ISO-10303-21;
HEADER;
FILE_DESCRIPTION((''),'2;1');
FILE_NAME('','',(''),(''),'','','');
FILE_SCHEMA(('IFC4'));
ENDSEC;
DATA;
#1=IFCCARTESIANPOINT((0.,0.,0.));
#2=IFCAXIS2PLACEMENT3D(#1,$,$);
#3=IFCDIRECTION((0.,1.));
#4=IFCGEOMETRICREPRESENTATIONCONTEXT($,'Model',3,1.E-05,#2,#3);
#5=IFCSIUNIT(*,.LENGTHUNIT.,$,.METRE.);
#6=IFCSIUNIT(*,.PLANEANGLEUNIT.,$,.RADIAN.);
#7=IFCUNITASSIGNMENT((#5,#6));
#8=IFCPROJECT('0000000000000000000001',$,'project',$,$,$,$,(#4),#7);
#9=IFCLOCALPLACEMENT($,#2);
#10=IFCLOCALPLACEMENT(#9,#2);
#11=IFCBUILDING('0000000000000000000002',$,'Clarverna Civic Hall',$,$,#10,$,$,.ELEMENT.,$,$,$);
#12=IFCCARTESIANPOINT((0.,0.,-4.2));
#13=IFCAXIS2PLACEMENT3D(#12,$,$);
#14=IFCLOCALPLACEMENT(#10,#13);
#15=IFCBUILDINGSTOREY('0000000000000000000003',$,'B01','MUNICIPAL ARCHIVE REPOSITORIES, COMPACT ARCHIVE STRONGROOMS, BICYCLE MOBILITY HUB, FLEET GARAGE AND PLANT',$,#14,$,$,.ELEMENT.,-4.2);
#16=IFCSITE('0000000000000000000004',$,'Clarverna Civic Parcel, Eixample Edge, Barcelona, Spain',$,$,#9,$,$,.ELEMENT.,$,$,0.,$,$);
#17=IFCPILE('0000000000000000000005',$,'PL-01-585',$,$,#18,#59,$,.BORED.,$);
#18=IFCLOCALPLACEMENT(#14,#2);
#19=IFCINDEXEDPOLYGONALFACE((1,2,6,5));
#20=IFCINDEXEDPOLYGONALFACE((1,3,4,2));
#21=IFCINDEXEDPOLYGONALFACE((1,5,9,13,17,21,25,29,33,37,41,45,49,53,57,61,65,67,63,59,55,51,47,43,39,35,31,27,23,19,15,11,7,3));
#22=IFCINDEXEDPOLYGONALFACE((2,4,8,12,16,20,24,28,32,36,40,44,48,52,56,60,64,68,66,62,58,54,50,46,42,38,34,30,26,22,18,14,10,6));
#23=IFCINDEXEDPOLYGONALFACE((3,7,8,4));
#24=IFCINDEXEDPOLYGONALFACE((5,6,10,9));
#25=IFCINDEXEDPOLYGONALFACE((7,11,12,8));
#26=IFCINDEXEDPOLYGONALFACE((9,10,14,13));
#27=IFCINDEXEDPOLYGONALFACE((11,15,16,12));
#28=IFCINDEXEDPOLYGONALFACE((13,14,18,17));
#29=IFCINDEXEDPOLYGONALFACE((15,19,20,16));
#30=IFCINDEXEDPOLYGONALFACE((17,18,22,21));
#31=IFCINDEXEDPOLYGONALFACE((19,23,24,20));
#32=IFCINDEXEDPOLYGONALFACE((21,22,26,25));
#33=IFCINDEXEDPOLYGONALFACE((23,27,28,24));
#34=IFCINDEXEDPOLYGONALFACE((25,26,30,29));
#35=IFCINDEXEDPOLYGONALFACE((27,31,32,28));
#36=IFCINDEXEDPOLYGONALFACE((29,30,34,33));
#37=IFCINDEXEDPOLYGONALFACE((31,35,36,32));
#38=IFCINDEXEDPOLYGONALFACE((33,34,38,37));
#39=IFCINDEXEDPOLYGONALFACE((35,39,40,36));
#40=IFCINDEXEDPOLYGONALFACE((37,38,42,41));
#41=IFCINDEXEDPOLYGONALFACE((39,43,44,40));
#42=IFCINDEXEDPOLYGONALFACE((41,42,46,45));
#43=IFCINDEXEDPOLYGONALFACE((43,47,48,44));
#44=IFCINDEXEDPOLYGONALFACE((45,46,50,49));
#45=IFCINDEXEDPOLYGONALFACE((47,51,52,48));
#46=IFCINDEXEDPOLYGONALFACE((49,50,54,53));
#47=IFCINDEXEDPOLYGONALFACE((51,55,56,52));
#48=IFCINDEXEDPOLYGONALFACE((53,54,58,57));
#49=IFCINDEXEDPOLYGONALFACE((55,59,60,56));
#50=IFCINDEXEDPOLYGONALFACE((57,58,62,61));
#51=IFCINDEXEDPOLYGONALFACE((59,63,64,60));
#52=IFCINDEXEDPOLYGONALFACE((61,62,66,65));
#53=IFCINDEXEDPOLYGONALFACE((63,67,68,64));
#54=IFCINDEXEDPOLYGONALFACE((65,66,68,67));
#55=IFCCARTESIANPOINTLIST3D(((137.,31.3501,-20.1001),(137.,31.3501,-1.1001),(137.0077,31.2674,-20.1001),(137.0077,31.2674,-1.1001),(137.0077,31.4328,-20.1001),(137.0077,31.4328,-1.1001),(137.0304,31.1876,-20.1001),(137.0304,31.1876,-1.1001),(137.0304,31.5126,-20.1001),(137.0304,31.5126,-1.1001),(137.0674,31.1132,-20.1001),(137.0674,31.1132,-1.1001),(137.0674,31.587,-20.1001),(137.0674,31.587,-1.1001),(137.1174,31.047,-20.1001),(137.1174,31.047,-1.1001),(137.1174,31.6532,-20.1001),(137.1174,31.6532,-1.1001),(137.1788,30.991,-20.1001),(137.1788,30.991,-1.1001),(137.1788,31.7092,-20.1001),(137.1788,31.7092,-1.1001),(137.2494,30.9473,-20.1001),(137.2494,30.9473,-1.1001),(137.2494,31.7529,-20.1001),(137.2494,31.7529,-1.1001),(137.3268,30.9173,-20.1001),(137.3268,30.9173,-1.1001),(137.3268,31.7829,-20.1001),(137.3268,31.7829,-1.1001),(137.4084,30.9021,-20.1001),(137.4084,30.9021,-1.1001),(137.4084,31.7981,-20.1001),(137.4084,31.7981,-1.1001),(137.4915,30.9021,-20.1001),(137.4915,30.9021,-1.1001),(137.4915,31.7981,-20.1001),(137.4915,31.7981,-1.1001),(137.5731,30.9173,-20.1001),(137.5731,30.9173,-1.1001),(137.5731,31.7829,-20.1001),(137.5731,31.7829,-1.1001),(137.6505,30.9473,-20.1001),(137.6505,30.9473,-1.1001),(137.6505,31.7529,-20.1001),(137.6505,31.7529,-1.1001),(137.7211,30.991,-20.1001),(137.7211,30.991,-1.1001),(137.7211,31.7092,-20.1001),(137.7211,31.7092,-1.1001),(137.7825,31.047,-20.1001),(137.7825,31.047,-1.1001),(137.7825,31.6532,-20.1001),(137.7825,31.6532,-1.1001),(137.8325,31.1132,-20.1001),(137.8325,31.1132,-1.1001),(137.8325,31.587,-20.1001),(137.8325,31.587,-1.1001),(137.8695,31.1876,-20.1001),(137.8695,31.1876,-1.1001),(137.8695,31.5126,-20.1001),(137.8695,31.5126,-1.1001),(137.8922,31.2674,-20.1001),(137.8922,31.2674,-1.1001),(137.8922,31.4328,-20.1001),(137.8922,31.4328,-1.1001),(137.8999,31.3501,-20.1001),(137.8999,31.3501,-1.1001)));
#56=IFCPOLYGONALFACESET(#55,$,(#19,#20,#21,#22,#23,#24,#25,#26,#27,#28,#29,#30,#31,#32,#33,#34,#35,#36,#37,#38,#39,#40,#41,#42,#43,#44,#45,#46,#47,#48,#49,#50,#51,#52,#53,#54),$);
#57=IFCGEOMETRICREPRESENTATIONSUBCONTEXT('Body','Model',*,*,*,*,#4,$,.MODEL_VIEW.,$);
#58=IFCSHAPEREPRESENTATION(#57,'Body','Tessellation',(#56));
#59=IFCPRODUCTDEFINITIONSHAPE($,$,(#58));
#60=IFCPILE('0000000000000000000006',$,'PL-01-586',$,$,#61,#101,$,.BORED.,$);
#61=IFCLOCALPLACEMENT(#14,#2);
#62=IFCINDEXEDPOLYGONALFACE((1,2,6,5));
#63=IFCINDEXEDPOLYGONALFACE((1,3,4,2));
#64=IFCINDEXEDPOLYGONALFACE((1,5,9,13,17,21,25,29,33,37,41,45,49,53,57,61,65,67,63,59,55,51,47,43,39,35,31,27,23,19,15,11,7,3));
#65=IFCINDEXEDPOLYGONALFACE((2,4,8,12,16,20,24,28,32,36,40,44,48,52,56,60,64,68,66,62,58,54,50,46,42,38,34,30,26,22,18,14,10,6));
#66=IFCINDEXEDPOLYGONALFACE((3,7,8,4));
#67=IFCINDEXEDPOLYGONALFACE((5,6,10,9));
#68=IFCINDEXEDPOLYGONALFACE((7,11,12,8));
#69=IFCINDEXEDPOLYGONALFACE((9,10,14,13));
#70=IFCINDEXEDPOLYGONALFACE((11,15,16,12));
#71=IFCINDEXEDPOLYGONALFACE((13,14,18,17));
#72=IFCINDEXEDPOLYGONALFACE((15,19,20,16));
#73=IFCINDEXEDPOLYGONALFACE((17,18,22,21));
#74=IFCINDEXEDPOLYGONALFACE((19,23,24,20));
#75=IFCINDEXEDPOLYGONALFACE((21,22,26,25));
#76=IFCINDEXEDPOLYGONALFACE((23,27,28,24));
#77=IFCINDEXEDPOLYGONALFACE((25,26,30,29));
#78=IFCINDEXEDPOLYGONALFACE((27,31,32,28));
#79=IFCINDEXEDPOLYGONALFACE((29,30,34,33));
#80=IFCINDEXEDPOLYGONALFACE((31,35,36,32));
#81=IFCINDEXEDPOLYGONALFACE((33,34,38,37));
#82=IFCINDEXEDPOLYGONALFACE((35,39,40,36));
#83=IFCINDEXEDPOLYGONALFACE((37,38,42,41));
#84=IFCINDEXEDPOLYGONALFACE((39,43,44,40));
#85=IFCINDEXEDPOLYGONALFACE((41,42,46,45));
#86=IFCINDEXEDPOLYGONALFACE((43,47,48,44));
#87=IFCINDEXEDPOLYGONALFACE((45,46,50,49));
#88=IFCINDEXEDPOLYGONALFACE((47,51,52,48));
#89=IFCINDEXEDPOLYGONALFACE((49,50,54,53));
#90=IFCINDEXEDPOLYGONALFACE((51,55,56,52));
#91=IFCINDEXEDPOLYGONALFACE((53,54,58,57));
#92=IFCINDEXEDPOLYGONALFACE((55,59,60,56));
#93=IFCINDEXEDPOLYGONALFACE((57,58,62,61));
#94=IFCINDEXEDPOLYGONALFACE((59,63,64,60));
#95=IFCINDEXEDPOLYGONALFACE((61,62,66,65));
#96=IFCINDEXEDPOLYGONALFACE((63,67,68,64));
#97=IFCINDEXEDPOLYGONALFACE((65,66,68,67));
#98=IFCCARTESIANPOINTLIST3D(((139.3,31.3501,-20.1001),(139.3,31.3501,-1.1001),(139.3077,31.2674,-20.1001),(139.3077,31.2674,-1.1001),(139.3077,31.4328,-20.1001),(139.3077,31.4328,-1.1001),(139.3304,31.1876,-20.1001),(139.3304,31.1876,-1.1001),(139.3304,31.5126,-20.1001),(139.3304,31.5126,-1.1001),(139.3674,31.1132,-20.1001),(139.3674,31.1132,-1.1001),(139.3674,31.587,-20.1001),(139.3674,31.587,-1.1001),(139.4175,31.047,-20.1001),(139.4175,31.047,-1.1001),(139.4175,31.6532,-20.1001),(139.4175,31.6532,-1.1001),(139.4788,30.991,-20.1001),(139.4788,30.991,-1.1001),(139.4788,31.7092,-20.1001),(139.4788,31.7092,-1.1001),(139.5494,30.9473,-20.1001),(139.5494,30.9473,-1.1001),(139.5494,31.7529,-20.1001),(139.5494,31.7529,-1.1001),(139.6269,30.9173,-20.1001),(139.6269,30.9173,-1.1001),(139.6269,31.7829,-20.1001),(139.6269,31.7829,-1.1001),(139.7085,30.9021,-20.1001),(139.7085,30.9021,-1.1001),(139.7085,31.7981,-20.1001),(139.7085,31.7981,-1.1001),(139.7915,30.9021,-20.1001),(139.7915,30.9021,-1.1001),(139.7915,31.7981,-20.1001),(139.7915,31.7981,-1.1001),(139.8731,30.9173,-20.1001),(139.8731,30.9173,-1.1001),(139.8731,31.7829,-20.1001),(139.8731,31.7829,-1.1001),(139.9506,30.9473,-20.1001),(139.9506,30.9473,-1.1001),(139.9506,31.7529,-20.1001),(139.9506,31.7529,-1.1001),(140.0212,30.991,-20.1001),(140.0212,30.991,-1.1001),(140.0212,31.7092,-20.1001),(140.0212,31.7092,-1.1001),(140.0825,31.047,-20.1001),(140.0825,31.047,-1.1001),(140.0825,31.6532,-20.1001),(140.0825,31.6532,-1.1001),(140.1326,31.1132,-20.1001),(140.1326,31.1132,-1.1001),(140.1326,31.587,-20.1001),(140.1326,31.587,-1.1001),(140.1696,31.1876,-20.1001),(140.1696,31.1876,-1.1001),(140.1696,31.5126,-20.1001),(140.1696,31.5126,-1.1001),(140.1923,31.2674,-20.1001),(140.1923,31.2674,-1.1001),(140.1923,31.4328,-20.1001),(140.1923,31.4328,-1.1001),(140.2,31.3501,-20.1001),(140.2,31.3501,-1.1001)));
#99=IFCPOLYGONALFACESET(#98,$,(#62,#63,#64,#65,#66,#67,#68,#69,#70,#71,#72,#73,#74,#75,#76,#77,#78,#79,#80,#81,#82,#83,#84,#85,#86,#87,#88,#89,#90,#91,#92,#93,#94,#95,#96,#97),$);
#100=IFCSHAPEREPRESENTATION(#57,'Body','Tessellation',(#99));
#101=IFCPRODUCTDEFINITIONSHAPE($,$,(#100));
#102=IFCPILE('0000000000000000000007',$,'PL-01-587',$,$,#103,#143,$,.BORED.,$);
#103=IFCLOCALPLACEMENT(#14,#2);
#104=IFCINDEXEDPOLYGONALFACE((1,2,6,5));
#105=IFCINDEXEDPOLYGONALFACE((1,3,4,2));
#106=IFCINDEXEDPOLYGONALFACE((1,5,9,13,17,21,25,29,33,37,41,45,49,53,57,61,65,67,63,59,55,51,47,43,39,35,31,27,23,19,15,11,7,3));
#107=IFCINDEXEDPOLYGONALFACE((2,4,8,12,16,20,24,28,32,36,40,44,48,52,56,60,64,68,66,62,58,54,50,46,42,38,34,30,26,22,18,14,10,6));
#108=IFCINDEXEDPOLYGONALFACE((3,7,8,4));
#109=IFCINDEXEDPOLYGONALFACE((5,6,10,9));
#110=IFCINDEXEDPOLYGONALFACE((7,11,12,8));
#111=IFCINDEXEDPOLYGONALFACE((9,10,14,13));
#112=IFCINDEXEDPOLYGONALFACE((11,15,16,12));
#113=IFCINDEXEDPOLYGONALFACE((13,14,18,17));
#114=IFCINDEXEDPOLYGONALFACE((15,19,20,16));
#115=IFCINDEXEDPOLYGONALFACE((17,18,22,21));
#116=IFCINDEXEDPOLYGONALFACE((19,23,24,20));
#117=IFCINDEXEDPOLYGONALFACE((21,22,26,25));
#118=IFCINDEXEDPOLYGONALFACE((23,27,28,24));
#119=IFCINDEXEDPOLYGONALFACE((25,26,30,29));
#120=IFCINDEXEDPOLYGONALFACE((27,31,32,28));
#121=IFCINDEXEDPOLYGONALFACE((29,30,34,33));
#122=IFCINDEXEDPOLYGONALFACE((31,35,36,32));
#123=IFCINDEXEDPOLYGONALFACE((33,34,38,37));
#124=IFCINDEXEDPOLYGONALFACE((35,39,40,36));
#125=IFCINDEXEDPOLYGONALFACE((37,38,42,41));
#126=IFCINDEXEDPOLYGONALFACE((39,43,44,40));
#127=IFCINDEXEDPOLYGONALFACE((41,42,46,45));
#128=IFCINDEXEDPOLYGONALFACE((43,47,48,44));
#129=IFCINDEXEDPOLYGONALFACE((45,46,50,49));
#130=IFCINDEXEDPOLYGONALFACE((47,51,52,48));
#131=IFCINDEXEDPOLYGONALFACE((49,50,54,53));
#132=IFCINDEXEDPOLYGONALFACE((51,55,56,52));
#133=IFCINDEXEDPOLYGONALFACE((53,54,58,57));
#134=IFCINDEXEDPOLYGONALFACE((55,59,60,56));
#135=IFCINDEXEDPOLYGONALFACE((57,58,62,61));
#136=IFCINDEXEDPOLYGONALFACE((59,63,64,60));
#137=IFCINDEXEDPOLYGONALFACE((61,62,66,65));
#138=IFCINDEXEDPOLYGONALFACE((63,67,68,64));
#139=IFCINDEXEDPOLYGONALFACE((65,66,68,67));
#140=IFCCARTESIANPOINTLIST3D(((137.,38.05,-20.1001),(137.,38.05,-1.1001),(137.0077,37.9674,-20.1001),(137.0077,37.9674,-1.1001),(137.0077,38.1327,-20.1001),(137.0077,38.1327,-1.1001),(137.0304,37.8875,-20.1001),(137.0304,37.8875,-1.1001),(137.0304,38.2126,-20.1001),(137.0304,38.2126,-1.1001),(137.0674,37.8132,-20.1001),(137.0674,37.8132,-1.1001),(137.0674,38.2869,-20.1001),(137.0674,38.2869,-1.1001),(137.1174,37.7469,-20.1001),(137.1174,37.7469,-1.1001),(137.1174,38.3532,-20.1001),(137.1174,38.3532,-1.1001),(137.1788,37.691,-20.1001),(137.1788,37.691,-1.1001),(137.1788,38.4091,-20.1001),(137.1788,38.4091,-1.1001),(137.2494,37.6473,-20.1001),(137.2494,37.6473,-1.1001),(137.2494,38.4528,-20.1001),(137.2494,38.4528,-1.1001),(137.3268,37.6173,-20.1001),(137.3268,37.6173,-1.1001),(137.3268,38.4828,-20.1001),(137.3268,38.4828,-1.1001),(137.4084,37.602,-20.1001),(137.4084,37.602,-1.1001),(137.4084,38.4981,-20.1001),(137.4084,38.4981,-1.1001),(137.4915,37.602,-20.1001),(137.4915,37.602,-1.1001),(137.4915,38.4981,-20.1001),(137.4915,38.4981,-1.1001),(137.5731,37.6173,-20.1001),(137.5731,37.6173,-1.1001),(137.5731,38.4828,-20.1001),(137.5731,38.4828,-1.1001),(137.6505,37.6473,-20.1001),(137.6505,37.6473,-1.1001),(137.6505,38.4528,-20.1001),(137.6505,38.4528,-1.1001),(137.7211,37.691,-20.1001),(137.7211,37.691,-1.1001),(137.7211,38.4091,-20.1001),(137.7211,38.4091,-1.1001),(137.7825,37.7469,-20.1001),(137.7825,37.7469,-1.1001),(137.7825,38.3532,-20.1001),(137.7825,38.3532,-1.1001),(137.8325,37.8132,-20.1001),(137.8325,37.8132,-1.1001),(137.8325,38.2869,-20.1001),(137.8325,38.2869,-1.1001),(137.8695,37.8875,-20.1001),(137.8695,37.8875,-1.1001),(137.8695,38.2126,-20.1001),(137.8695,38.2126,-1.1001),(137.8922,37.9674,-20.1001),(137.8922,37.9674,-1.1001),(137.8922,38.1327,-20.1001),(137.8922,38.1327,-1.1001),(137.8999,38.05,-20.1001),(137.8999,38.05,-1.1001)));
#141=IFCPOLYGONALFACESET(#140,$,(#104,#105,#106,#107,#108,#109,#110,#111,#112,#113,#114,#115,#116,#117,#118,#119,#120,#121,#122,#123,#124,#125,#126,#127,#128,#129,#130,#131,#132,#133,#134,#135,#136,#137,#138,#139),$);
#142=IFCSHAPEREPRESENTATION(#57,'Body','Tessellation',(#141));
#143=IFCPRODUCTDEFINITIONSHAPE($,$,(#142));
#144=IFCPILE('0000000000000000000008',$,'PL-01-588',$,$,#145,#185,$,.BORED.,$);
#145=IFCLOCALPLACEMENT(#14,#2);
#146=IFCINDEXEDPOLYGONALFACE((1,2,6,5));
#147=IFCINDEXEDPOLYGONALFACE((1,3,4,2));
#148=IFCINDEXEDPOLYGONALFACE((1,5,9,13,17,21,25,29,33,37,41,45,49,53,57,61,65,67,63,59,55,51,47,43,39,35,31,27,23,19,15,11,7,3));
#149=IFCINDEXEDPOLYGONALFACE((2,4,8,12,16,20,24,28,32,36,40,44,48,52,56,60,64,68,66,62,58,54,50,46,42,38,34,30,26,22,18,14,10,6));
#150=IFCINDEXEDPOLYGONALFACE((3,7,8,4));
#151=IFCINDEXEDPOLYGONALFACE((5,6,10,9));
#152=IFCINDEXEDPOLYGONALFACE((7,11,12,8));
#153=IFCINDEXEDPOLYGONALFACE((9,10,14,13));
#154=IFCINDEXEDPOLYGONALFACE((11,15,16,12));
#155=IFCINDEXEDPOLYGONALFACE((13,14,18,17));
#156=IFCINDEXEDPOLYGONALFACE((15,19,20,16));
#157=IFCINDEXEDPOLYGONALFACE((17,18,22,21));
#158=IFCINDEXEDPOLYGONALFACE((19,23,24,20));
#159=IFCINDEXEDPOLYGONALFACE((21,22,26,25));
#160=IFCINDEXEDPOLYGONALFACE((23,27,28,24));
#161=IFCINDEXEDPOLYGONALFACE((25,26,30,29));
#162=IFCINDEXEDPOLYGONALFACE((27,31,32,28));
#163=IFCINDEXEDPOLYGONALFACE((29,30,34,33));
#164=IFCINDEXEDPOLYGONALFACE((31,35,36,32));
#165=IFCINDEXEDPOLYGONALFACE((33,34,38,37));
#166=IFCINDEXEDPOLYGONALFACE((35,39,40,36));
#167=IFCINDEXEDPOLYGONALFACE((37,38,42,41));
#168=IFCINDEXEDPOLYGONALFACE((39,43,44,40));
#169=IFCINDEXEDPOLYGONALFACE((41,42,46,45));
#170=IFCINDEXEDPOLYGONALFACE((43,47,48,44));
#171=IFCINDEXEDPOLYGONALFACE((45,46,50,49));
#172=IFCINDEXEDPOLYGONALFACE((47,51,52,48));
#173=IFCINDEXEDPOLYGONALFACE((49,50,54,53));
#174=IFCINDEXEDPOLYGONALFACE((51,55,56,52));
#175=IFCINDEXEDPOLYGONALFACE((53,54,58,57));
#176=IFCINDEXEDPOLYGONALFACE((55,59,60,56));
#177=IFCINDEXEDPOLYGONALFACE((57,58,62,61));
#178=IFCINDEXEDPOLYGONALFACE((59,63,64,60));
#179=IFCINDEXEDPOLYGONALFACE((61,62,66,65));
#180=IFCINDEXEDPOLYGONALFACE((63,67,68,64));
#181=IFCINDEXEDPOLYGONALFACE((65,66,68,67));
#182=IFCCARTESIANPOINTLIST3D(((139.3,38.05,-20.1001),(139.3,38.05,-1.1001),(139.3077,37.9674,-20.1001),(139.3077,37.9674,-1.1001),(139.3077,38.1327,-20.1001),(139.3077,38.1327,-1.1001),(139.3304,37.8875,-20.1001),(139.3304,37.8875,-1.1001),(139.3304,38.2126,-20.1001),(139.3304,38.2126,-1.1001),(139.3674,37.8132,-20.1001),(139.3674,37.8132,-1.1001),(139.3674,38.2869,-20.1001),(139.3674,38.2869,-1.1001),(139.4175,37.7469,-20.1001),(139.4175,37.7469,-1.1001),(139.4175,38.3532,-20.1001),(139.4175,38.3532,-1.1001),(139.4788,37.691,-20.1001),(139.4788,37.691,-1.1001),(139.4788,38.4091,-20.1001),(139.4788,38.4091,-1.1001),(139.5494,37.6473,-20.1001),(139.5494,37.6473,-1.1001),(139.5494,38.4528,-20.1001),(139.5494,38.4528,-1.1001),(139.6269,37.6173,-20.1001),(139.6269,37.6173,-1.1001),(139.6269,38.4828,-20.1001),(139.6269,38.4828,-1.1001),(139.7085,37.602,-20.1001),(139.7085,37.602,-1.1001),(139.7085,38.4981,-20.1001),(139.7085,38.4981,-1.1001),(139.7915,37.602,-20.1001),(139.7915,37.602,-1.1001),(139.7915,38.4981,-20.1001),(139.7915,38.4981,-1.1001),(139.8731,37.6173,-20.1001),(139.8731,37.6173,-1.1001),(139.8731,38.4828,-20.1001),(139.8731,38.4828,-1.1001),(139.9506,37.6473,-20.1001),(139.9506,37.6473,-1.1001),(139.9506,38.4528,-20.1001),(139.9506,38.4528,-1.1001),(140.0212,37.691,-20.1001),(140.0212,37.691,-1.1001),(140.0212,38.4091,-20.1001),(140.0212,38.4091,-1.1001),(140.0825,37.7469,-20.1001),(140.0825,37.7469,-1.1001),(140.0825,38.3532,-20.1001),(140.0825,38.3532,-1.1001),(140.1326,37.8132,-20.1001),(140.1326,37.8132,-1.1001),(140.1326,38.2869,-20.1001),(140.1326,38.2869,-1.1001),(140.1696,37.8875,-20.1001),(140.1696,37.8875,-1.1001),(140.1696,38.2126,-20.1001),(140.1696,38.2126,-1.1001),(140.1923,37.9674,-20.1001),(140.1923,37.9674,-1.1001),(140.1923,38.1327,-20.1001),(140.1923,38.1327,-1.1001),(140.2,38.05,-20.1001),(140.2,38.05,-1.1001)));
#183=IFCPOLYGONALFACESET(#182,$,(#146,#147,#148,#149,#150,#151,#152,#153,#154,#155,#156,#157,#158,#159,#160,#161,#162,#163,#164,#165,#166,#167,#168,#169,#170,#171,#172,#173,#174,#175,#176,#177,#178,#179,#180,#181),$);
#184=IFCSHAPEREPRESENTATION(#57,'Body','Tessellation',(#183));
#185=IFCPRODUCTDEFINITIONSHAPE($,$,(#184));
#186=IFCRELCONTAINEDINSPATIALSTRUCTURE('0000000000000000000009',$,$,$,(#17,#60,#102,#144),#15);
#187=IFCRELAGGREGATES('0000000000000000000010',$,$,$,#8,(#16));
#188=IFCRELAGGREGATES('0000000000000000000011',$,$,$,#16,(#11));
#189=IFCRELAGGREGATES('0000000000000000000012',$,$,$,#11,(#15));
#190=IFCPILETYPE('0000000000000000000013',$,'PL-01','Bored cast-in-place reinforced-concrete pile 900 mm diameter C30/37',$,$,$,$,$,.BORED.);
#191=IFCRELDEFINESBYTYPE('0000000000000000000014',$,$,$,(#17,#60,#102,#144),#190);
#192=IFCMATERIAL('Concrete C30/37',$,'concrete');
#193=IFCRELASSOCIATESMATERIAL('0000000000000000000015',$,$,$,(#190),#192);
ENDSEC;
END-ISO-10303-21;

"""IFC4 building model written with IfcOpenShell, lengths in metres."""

from ifc_helpers import new_model, si_unit, direction, frame, origin, origin_2d, place, context, subcontext, project, spatial, circle, extrude, material, material_profile, profile_set, type_object, element, save


model = new_model("IFC4")

# Units and contexts
model_context = context("Model", 3, precision=1e-05, world=origin(), true_north=direction((0.0, 1.0)))
body_context = subcontext(model_context, "Body", "Model", "MODEL_VIEW")
ifc_project = project(units=[si_unit("LENGTHUNIT", "METRE"), si_unit("PLANEANGLEUNIT", "RADIAN")], contexts=[model_context])

# Site, building, storey
site_placement = place(None, origin())
site = spatial("IfcSite", under=ifc_project, at=site_placement, Name="Clarverna Civic Parcel, Eixample Edge, Barcelona, Spain", CompositionType="ELEMENT", RefElevation=0.0)
building_placement = place(site_placement, origin())
building = spatial("IfcBuilding", under=site, at=building_placement, Name="Clarverna Civic Hall", CompositionType="ELEMENT")
storey_placement = place(building_placement, frame((0.0, 0.0, -4.2)))
storey = spatial("IfcBuildingStorey", under=building, at=storey_placement, Name="B01", Description="MUNICIPAL ARCHIVE REPOSITORIES, COMPACT ARCHIVE STRONGROOMS, BICYCLE MOBILITY HUB, FLEET GARAGE AND PLANT", CompositionType="ELEMENT", Elevation=-4.2)

# Shared definitions
ifc_material_1 = material(Name="Concrete C30/37", Category="concrete")

# Piles
ifc_material_profile_1 = material_profile(ifc_material_1, circle(Radius=0.45, at=origin_2d()), Name="BORED PILE D900")
ifc_profile_set_1 = profile_set([ifc_material_profile_1], Name="Concrete C30/37")
pile_type = type_object("IfcPileType", Name="PL-01", Description="Bored cast-in-place reinforced-concrete pile 900 mm diameter C30/37", PredefinedType="BORED", material=ifc_profile_set_1)
for number, where, z_axis, x_axis, name in (
    (1, (137.45, 31.3501, -1.1001), (0.0, 0.0, -1.0), (1.0, 0.0, 0.0), "PL-01-585"),
    (2, (139.75, 31.3501, -1.1001), (0.0, 0.0, -1.0), (1.0, 0.0, 0.0), "PL-01-586"),
    (3, (137.45, 38.05, -1.1001), (0.0, 0.0, -1.0), (1.0, 0.0, 0.0), "PL-01-587"),
    (4, (139.75, 38.05, -1.1001), (0.0, 0.0, -1.0), (1.0, 0.0, 0.0), "PL-01-588"),
):
    element("IfcPile", number, at=place(storey_placement, frame(where, z_axis=z_axis, x_axis=x_axis)), inside=storey, type_object=pile_type, Name=name, PredefinedType="BORED", context=body_context, shape_type="SweptSolid", body=[
        extrude(circle(Radius=0.45, at=origin_2d()), origin(), (0.0, 0.0, 1.0), 19.0),
    ])

save(model, "model.ifc")
